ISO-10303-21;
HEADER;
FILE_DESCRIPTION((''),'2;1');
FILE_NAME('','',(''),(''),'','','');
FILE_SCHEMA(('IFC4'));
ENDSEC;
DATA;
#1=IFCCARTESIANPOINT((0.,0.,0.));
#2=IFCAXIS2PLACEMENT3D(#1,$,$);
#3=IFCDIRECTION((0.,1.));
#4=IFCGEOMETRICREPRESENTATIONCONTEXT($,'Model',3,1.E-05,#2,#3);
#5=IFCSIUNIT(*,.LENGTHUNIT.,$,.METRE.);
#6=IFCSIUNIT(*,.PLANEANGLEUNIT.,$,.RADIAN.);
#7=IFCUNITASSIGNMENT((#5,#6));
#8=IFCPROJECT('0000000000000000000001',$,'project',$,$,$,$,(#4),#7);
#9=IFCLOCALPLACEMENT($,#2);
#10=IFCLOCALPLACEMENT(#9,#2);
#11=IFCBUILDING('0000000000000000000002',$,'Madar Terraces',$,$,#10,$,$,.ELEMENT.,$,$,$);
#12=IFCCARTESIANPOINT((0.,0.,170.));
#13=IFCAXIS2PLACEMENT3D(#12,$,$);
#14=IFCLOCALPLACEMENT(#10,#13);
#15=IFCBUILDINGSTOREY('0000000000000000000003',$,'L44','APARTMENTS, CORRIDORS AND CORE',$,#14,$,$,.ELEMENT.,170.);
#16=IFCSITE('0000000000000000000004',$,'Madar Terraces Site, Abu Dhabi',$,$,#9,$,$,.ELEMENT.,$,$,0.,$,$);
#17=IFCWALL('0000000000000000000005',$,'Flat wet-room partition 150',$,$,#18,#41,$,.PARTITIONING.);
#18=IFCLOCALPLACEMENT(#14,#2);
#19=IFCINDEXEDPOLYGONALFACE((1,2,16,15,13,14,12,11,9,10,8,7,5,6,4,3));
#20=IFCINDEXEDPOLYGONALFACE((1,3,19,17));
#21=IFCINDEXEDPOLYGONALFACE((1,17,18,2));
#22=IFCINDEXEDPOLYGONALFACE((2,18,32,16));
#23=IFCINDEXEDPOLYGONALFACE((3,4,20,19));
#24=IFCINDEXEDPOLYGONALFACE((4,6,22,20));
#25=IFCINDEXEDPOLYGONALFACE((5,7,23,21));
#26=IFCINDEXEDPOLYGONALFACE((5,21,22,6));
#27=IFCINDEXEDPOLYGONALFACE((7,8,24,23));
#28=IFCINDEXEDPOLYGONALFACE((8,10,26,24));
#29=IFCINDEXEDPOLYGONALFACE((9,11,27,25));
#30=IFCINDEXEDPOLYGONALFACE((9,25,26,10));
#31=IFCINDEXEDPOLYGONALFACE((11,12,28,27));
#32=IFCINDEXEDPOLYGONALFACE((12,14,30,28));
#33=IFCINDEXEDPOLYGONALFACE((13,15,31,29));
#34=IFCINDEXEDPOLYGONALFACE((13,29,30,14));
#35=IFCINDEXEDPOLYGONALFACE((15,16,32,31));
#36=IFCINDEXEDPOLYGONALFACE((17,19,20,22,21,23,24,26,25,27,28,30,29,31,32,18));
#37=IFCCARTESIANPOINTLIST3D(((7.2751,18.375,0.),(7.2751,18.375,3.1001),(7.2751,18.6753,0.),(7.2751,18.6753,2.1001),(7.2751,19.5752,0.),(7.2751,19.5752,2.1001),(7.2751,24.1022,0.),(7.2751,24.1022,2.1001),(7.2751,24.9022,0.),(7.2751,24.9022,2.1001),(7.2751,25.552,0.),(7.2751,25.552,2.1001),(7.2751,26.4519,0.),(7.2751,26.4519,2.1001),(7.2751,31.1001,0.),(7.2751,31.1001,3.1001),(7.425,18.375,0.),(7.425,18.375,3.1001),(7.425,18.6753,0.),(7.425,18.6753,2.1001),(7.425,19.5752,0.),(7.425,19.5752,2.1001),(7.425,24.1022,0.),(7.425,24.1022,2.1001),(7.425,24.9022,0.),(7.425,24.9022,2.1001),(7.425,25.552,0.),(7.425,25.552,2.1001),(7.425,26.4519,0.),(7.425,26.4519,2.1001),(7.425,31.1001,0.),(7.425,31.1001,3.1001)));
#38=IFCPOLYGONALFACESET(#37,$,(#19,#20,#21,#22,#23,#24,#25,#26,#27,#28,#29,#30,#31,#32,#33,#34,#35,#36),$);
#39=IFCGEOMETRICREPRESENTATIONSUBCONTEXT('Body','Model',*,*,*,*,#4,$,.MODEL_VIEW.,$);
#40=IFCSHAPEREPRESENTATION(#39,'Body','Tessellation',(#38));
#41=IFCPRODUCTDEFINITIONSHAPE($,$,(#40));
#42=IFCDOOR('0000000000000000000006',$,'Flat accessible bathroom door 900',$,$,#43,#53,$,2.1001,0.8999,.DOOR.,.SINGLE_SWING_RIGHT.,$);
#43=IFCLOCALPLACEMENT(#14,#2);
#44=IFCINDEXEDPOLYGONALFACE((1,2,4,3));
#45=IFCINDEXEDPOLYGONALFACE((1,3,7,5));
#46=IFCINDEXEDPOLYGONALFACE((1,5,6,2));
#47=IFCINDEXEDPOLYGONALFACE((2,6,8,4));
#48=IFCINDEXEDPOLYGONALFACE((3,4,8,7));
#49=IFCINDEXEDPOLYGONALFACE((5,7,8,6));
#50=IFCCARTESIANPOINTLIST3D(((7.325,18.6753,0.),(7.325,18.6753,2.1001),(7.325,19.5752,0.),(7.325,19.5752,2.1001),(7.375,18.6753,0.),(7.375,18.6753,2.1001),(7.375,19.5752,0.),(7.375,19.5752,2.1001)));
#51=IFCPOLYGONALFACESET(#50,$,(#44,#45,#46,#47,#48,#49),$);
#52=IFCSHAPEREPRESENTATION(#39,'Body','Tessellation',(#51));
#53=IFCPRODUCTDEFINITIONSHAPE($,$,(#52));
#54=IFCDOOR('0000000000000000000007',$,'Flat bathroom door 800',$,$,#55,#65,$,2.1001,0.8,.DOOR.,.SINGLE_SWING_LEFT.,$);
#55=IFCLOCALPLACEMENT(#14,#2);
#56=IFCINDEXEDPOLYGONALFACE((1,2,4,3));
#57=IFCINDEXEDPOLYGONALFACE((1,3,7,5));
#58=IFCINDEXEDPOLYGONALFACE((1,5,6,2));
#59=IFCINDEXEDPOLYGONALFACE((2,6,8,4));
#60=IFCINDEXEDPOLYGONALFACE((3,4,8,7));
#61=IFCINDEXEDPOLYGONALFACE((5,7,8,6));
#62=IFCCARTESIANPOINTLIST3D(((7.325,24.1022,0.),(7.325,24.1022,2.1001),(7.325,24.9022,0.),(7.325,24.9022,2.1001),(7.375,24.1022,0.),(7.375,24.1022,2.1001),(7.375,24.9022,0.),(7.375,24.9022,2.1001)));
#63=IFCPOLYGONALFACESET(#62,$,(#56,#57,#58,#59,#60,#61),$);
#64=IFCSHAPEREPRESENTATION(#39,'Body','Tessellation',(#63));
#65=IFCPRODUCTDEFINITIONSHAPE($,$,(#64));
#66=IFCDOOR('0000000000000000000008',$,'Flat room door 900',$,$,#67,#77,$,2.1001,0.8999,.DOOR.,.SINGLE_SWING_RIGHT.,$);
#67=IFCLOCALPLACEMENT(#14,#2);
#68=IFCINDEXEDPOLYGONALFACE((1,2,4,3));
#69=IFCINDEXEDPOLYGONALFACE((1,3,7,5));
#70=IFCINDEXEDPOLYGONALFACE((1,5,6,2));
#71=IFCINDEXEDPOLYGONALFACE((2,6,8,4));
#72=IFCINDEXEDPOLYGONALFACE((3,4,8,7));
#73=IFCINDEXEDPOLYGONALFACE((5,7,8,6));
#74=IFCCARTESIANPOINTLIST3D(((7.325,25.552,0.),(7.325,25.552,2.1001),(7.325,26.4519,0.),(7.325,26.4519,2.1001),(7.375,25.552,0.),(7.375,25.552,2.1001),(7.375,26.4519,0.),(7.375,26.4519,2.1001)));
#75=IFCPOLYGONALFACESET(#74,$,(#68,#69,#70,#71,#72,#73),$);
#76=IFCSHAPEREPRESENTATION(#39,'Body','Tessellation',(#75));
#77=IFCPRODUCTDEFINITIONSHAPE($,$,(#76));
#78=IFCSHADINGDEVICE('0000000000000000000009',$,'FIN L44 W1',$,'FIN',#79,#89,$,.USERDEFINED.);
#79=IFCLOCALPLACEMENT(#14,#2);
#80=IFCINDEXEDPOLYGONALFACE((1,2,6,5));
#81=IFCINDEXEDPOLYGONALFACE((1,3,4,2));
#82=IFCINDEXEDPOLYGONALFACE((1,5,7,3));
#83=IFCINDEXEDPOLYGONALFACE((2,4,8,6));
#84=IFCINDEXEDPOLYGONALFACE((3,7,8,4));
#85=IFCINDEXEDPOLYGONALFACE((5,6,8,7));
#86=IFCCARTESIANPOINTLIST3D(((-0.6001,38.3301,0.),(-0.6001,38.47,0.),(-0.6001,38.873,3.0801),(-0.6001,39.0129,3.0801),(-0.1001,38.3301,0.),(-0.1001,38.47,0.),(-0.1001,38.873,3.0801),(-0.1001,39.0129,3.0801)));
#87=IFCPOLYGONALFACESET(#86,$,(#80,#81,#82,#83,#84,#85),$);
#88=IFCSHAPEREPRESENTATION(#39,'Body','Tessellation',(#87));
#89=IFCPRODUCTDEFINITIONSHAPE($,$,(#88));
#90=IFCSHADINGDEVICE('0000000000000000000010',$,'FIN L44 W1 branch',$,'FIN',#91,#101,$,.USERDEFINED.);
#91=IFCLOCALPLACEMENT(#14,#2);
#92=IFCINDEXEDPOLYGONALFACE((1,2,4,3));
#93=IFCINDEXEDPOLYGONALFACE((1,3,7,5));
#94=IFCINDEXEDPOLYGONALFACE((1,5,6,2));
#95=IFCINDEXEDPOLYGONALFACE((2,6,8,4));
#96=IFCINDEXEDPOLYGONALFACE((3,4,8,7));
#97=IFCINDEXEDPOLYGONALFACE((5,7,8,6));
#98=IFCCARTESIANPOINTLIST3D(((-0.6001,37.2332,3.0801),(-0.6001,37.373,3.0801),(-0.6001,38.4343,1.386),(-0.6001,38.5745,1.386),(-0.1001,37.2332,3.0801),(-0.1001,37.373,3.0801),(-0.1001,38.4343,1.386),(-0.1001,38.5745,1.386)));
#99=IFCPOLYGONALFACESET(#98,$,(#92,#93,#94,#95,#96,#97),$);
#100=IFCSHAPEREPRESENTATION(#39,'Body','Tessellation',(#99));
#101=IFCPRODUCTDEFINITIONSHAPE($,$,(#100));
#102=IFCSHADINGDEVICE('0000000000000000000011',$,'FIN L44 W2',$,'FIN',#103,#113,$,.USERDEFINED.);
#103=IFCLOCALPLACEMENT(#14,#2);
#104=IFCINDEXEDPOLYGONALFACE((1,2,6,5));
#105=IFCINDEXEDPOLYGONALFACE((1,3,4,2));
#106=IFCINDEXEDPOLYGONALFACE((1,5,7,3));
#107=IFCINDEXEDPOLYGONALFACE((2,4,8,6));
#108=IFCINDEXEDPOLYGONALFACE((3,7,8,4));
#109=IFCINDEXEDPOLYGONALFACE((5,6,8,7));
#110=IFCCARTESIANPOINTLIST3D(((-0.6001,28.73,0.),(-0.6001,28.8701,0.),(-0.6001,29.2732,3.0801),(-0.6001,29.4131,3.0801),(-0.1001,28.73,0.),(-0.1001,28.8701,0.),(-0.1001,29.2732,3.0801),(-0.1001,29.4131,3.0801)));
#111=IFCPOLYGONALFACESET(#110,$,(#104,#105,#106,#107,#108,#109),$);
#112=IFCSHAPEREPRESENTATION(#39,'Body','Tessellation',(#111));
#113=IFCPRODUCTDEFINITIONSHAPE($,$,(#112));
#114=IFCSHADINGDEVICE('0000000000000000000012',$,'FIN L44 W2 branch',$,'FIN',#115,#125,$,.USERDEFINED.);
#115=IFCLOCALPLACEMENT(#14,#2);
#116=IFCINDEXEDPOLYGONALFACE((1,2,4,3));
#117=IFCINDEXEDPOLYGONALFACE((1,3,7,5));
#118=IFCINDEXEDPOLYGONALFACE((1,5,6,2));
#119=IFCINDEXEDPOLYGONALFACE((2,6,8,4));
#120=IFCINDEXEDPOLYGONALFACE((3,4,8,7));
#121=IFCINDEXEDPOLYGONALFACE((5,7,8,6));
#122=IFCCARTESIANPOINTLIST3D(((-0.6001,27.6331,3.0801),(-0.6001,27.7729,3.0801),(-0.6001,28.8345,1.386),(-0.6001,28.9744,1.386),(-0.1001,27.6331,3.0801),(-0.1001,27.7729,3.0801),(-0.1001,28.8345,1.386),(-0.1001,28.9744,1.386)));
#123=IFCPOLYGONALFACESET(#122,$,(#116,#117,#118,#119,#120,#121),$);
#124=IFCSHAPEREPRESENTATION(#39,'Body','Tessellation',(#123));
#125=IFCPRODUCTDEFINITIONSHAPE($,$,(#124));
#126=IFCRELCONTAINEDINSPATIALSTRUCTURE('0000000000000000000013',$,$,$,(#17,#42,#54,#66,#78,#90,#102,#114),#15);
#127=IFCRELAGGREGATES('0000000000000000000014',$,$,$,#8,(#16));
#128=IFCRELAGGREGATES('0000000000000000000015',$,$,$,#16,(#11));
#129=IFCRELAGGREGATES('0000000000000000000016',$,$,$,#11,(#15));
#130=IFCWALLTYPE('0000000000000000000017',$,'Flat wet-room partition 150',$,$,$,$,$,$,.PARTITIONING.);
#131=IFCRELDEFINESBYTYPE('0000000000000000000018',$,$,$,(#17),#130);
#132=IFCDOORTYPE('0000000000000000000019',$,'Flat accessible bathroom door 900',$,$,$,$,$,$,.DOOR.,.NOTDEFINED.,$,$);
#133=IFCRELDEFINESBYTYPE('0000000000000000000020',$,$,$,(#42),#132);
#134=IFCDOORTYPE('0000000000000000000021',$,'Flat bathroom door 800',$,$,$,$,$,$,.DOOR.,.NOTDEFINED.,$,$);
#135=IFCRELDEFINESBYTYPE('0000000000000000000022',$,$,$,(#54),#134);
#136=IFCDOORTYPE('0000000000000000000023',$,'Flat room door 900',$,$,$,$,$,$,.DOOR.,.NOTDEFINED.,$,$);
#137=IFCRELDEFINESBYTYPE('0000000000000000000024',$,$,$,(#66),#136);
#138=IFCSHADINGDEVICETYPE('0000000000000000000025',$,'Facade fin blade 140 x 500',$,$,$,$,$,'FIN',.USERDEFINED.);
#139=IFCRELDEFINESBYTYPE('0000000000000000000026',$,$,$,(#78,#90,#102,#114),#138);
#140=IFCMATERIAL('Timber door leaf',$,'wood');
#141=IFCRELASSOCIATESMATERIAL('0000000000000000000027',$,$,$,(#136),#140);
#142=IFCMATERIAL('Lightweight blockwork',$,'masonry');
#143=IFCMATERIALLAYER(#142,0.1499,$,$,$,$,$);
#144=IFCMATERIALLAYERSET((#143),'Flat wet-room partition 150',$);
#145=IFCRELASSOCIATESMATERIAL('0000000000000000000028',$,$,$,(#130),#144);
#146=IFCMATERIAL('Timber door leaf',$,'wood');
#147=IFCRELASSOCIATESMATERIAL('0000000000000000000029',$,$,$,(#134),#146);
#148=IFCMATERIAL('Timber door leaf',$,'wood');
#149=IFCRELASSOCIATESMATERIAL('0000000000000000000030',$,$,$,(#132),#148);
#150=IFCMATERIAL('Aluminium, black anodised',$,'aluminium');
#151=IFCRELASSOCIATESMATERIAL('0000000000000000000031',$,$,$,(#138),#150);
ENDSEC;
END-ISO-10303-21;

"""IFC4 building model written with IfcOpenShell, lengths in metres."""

from ifc_helpers import new_model, si_unit, direction, frame, frame_2d, origin, place, context, subcontext, project, spatial, polyline, rectangle, outline, extrude, material, layer, layer_set, type_object, element, fill, save


model = new_model("IFC4")

# Units and contexts
model_context = context("Model", 3, precision=1e-05, world=origin(), true_north=direction((0.0, 1.0)))
body_context = subcontext(model_context, "Body", "Model", "MODEL_VIEW")
ifc_project = project(units=[si_unit("LENGTHUNIT", "METRE"), si_unit("PLANEANGLEUNIT", "RADIAN")], contexts=[model_context])

# Site, building, storey
site_placement = place(None, origin())
site = spatial("IfcSite", under=ifc_project, at=site_placement, Name="Madar Terraces Site, Abu Dhabi", CompositionType="ELEMENT", RefElevation=0.0)
building_placement = place(site_placement, origin())
building = spatial("IfcBuilding", under=site, at=building_placement, Name="Madar Terraces", CompositionType="ELEMENT")
storey_placement = place(building_placement, frame((0.0, 0.0, 170.0)))
storey = spatial("IfcBuildingStorey", under=building, at=storey_placement, Name="L44", Description="APARTMENTS, CORRIDORS AND CORE", CompositionType="ELEMENT", Elevation=170.0)

# Shared definitions
ifc_material_1 = material(Name="Timber door leaf", Category="wood")
door_type_1 = type_object("IfcDoorType", Name="Flat room door 900", OperationType="NOTDEFINED", PredefinedType="DOOR", material=ifc_material_1)

# Shared definitions
ifc_material_2 = material(Name="Lightweight blockwork", Category="masonry")
ifc_layer_1 = layer(ifc_material_2, 0.1499)
ifc_layer_set_1 = layer_set([ifc_layer_1], Name="Flat wet-room partition 150")
wall_type_1 = type_object("IfcWallType", Name="Flat wet-room partition 150", PredefinedType="PARTITIONING", material=ifc_layer_set_1)
ifc_material_3 = material(Name="Timber door leaf", Category="wood")
door_type_2 = type_object("IfcDoorType", Name="Flat bathroom door 800", OperationType="NOTDEFINED", PredefinedType="DOOR", material=ifc_material_3)

# Wall, openings, doors
wall_1_placement = place(storey_placement, frame((7.3501, 31.1001, 0.0), z_axis=(0.0, 0.0, 1.0), x_axis=(0.0, -1.0, 0.0)))
wall_1 = element("IfcWall", 1, at=wall_1_placement, inside=storey, type_object=wall_type_1, Name="Flat wet-room partition 150", PredefinedType="PARTITIONING", context=body_context, shape_type="SweptSolid", body=[
    extrude(rectangle(XDim=12.7251, YDim=0.1499, at=frame_2d((6.3625, 0.0))), origin(), (0.0, 0.0, 1.0), 3.1001),
])
opening_1_placement = place(wall_1_placement, frame((11.5249, 0.0, 0.0)))
opening_1 = element("IfcOpeningElement", 2, at=opening_1_placement, cuts=wall_1, PredefinedType="OPENING", context=body_context, shape_type="SweptSolid", body=[
    extrude(rectangle(XDim=0.8999, YDim=2.1001, at=frame_2d((0.45, 1.05))), frame((0.0, 0.085, 0.0), z_axis=(0.0, -1.0, 0.0), x_axis=(1.0, 0.0, 0.0)), (0.0, 0.0, 1.0), 0.1699),
])
opening_2_placement = place(wall_1_placement, frame((6.198, 0.0, 0.0)))
opening_2 = element("IfcOpeningElement", 3, at=opening_2_placement, cuts=wall_1, PredefinedType="OPENING", context=body_context, shape_type="SweptSolid", body=[
    extrude(rectangle(XDim=0.8, YDim=2.1001, at=frame_2d((0.3999, 1.05))), frame((0.0, 0.085, 0.0), z_axis=(0.0, -1.0, 0.0), x_axis=(1.0, 0.0, 0.0)), (0.0, 0.0, 1.0), 0.1699),
])
opening_3_placement = place(wall_1_placement, frame((4.6482, 0.0, 0.0)))
opening_3 = element("IfcOpeningElement", 4, at=opening_3_placement, cuts=wall_1, PredefinedType="OPENING", context=body_context, shape_type="SweptSolid", body=[
    extrude(rectangle(XDim=0.8999, YDim=2.1001, at=frame_2d((0.45, 1.05))), frame((0.0, 0.085, 0.0), z_axis=(0.0, -1.0, 0.0), x_axis=(1.0, 0.0, 0.0)), (0.0, 0.0, 1.0), 0.1699),
])
ifc_material_4 = material(Name="Timber door leaf", Category="wood")
door_type_3 = type_object("IfcDoorType", Name="Flat accessible bathroom door 900", OperationType="NOTDEFINED", PredefinedType="DOOR", material=ifc_material_4)
door_1_placement = place(opening_1_placement, origin())
door_1 = element("IfcDoor", 5, at=door_1_placement, inside=storey, type_object=door_type_3, Name="Flat accessible bathroom door 900", OperationType="SINGLE_SWING_RIGHT", OverallHeight=2.1001, OverallWidth=0.8999, PredefinedType="DOOR", context=body_context, shape_type="SweptSolid", body=[
    extrude(rectangle(XDim=0.8999, YDim=2.1001, at=frame_2d((0.45, 1.05))), frame((0.0, 0.0249, 0.0), z_axis=(0.0, -1.0, 0.0), x_axis=(1.0, 0.0, 0.0)), (0.0, 0.0, 1.0), 0.05),
])
fill(opening_1, door_1)
door_2_placement = place(opening_2_placement, origin())
door_2 = element("IfcDoor", 6, at=door_2_placement, inside=storey, type_object=door_type_2, Name="Flat bathroom door 800", OperationType="SINGLE_SWING_LEFT", OverallHeight=2.1001, OverallWidth=0.8, PredefinedType="DOOR", context=body_context, shape_type="SweptSolid", body=[
    extrude(rectangle(XDim=0.8, YDim=2.1001, at=frame_2d((0.3999, 1.05))), frame((0.0, 0.0249, 0.0), z_axis=(0.0, -1.0, 0.0), x_axis=(1.0, 0.0, 0.0)), (0.0, 0.0, 1.0), 0.05),
])
fill(opening_2, door_2)
door_3_placement = place(opening_3_placement, origin())
door_3 = element("IfcDoor", 7, at=door_3_placement, inside=storey, type_object=door_type_1, Name="Flat room door 900", OperationType="SINGLE_SWING_RIGHT", OverallHeight=2.1001, OverallWidth=0.8999, PredefinedType="DOOR", context=body_context, shape_type="SweptSolid", body=[
    extrude(rectangle(XDim=0.8999, YDim=2.1001, at=frame_2d((0.45, 1.05))), frame((0.0, 0.0249, 0.0), z_axis=(0.0, -1.0, 0.0), x_axis=(1.0, 0.0, 0.0)), (0.0, 0.0, 1.0), 0.05),
])
fill(opening_3, door_3)

# Shading devices
ifc_material_5 = material(Name="Aluminium, black anodised", Category="aluminium")
shading_device_type = type_object("IfcShadingDeviceType", Name="Facade fin blade 140 x 500", ElementType="FIN", PredefinedType="USERDEFINED", material=ifc_material_5)
shading_device_1_placement = place(storey_placement, frame((-0.3501, 38.47, 0.0), z_axis=(0.0, 0.0, 1.0), x_axis=(0.0, -1.0, 0.0)))
element("IfcShadingDevice", 8, at=shading_device_1_placement, inside=storey, type_object=shading_device_type, Name="FIN L44 W1", ObjectType="FIN", PredefinedType="USERDEFINED", context=body_context, shape_type="SweptSolid", body=[
    extrude(outline(polyline([(0.0, 0.0), (0.1399, 0.0), (-0.4031, 3.0801), (-0.543, 3.0801), (0.0, 0.0)])), frame((0.0, 0.25, 0.0), z_axis=(0.0, -1.0, 0.0), x_axis=(1.0, 0.0, 0.0)), (0.0, 0.0, 1.0), 0.5),
])
shading_device_2_placement = place(storey_placement, frame((-0.3501, 38.5745, 1.386), z_axis=(0.0, 0.0, 1.0), x_axis=(0.0, -1.0, 0.0)))
element("IfcShadingDevice", 9, at=shading_device_2_placement, inside=storey, type_object=shading_device_type, Name="FIN L44 W1 branch", ObjectType="FIN", PredefinedType="USERDEFINED", context=body_context, shape_type="SweptSolid", body=[
    extrude(outline(polyline([(0.0, 0.0), (0.1401, 0.0), (1.3413, 1.6941), (1.2014, 1.6941), (0.0, 0.0)])), frame((0.0, 0.25, 0.0), z_axis=(0.0, -1.0, 0.0), x_axis=(1.0, 0.0, 0.0)), (0.0, 0.0, 1.0), 0.5),
])
shading_device_3_placement = place(storey_placement, frame((-0.3501, 28.8701, 0.0), z_axis=(0.0, 0.0, 1.0), x_axis=(0.0, -1.0, 0.0)))
element("IfcShadingDevice", 10, at=shading_device_3_placement, inside=storey, type_object=shading_device_type, Name="FIN L44 W2", ObjectType="FIN", PredefinedType="USERDEFINED", context=body_context, shape_type="SweptSolid", body=[
    extrude(outline(polyline([(0.0, 0.0), (0.1401, 0.0), (-0.4031, 3.0801), (-0.543, 3.0801), (0.0, 0.0)])), frame((0.0, 0.25, 0.0), z_axis=(0.0, -1.0, 0.0), x_axis=(1.0, 0.0, 0.0)), (0.0, 0.0, 1.0), 0.5),
])
shading_device_4_placement = place(storey_placement, frame((-0.3501, 28.9744, 1.386), z_axis=(0.0, 0.0, 1.0), x_axis=(0.0, -1.0, 0.0)))
element("IfcShadingDevice", 11, at=shading_device_4_placement, inside=storey, type_object=shading_device_type, Name="FIN L44 W2 branch", ObjectType="FIN", PredefinedType="USERDEFINED", context=body_context, shape_type="SweptSolid", body=[
    extrude(outline(polyline([(0.0, 0.0), (0.1399, 0.0), (1.3413, 1.6941), (1.2014, 1.6941), (0.0, 0.0)])), frame((0.0, 0.25, 0.0), z_axis=(0.0, -1.0, 0.0), x_axis=(1.0, 0.0, 0.0)), (0.0, 0.0, 1.0), 0.5),
])

save(model, "model.ifc")
